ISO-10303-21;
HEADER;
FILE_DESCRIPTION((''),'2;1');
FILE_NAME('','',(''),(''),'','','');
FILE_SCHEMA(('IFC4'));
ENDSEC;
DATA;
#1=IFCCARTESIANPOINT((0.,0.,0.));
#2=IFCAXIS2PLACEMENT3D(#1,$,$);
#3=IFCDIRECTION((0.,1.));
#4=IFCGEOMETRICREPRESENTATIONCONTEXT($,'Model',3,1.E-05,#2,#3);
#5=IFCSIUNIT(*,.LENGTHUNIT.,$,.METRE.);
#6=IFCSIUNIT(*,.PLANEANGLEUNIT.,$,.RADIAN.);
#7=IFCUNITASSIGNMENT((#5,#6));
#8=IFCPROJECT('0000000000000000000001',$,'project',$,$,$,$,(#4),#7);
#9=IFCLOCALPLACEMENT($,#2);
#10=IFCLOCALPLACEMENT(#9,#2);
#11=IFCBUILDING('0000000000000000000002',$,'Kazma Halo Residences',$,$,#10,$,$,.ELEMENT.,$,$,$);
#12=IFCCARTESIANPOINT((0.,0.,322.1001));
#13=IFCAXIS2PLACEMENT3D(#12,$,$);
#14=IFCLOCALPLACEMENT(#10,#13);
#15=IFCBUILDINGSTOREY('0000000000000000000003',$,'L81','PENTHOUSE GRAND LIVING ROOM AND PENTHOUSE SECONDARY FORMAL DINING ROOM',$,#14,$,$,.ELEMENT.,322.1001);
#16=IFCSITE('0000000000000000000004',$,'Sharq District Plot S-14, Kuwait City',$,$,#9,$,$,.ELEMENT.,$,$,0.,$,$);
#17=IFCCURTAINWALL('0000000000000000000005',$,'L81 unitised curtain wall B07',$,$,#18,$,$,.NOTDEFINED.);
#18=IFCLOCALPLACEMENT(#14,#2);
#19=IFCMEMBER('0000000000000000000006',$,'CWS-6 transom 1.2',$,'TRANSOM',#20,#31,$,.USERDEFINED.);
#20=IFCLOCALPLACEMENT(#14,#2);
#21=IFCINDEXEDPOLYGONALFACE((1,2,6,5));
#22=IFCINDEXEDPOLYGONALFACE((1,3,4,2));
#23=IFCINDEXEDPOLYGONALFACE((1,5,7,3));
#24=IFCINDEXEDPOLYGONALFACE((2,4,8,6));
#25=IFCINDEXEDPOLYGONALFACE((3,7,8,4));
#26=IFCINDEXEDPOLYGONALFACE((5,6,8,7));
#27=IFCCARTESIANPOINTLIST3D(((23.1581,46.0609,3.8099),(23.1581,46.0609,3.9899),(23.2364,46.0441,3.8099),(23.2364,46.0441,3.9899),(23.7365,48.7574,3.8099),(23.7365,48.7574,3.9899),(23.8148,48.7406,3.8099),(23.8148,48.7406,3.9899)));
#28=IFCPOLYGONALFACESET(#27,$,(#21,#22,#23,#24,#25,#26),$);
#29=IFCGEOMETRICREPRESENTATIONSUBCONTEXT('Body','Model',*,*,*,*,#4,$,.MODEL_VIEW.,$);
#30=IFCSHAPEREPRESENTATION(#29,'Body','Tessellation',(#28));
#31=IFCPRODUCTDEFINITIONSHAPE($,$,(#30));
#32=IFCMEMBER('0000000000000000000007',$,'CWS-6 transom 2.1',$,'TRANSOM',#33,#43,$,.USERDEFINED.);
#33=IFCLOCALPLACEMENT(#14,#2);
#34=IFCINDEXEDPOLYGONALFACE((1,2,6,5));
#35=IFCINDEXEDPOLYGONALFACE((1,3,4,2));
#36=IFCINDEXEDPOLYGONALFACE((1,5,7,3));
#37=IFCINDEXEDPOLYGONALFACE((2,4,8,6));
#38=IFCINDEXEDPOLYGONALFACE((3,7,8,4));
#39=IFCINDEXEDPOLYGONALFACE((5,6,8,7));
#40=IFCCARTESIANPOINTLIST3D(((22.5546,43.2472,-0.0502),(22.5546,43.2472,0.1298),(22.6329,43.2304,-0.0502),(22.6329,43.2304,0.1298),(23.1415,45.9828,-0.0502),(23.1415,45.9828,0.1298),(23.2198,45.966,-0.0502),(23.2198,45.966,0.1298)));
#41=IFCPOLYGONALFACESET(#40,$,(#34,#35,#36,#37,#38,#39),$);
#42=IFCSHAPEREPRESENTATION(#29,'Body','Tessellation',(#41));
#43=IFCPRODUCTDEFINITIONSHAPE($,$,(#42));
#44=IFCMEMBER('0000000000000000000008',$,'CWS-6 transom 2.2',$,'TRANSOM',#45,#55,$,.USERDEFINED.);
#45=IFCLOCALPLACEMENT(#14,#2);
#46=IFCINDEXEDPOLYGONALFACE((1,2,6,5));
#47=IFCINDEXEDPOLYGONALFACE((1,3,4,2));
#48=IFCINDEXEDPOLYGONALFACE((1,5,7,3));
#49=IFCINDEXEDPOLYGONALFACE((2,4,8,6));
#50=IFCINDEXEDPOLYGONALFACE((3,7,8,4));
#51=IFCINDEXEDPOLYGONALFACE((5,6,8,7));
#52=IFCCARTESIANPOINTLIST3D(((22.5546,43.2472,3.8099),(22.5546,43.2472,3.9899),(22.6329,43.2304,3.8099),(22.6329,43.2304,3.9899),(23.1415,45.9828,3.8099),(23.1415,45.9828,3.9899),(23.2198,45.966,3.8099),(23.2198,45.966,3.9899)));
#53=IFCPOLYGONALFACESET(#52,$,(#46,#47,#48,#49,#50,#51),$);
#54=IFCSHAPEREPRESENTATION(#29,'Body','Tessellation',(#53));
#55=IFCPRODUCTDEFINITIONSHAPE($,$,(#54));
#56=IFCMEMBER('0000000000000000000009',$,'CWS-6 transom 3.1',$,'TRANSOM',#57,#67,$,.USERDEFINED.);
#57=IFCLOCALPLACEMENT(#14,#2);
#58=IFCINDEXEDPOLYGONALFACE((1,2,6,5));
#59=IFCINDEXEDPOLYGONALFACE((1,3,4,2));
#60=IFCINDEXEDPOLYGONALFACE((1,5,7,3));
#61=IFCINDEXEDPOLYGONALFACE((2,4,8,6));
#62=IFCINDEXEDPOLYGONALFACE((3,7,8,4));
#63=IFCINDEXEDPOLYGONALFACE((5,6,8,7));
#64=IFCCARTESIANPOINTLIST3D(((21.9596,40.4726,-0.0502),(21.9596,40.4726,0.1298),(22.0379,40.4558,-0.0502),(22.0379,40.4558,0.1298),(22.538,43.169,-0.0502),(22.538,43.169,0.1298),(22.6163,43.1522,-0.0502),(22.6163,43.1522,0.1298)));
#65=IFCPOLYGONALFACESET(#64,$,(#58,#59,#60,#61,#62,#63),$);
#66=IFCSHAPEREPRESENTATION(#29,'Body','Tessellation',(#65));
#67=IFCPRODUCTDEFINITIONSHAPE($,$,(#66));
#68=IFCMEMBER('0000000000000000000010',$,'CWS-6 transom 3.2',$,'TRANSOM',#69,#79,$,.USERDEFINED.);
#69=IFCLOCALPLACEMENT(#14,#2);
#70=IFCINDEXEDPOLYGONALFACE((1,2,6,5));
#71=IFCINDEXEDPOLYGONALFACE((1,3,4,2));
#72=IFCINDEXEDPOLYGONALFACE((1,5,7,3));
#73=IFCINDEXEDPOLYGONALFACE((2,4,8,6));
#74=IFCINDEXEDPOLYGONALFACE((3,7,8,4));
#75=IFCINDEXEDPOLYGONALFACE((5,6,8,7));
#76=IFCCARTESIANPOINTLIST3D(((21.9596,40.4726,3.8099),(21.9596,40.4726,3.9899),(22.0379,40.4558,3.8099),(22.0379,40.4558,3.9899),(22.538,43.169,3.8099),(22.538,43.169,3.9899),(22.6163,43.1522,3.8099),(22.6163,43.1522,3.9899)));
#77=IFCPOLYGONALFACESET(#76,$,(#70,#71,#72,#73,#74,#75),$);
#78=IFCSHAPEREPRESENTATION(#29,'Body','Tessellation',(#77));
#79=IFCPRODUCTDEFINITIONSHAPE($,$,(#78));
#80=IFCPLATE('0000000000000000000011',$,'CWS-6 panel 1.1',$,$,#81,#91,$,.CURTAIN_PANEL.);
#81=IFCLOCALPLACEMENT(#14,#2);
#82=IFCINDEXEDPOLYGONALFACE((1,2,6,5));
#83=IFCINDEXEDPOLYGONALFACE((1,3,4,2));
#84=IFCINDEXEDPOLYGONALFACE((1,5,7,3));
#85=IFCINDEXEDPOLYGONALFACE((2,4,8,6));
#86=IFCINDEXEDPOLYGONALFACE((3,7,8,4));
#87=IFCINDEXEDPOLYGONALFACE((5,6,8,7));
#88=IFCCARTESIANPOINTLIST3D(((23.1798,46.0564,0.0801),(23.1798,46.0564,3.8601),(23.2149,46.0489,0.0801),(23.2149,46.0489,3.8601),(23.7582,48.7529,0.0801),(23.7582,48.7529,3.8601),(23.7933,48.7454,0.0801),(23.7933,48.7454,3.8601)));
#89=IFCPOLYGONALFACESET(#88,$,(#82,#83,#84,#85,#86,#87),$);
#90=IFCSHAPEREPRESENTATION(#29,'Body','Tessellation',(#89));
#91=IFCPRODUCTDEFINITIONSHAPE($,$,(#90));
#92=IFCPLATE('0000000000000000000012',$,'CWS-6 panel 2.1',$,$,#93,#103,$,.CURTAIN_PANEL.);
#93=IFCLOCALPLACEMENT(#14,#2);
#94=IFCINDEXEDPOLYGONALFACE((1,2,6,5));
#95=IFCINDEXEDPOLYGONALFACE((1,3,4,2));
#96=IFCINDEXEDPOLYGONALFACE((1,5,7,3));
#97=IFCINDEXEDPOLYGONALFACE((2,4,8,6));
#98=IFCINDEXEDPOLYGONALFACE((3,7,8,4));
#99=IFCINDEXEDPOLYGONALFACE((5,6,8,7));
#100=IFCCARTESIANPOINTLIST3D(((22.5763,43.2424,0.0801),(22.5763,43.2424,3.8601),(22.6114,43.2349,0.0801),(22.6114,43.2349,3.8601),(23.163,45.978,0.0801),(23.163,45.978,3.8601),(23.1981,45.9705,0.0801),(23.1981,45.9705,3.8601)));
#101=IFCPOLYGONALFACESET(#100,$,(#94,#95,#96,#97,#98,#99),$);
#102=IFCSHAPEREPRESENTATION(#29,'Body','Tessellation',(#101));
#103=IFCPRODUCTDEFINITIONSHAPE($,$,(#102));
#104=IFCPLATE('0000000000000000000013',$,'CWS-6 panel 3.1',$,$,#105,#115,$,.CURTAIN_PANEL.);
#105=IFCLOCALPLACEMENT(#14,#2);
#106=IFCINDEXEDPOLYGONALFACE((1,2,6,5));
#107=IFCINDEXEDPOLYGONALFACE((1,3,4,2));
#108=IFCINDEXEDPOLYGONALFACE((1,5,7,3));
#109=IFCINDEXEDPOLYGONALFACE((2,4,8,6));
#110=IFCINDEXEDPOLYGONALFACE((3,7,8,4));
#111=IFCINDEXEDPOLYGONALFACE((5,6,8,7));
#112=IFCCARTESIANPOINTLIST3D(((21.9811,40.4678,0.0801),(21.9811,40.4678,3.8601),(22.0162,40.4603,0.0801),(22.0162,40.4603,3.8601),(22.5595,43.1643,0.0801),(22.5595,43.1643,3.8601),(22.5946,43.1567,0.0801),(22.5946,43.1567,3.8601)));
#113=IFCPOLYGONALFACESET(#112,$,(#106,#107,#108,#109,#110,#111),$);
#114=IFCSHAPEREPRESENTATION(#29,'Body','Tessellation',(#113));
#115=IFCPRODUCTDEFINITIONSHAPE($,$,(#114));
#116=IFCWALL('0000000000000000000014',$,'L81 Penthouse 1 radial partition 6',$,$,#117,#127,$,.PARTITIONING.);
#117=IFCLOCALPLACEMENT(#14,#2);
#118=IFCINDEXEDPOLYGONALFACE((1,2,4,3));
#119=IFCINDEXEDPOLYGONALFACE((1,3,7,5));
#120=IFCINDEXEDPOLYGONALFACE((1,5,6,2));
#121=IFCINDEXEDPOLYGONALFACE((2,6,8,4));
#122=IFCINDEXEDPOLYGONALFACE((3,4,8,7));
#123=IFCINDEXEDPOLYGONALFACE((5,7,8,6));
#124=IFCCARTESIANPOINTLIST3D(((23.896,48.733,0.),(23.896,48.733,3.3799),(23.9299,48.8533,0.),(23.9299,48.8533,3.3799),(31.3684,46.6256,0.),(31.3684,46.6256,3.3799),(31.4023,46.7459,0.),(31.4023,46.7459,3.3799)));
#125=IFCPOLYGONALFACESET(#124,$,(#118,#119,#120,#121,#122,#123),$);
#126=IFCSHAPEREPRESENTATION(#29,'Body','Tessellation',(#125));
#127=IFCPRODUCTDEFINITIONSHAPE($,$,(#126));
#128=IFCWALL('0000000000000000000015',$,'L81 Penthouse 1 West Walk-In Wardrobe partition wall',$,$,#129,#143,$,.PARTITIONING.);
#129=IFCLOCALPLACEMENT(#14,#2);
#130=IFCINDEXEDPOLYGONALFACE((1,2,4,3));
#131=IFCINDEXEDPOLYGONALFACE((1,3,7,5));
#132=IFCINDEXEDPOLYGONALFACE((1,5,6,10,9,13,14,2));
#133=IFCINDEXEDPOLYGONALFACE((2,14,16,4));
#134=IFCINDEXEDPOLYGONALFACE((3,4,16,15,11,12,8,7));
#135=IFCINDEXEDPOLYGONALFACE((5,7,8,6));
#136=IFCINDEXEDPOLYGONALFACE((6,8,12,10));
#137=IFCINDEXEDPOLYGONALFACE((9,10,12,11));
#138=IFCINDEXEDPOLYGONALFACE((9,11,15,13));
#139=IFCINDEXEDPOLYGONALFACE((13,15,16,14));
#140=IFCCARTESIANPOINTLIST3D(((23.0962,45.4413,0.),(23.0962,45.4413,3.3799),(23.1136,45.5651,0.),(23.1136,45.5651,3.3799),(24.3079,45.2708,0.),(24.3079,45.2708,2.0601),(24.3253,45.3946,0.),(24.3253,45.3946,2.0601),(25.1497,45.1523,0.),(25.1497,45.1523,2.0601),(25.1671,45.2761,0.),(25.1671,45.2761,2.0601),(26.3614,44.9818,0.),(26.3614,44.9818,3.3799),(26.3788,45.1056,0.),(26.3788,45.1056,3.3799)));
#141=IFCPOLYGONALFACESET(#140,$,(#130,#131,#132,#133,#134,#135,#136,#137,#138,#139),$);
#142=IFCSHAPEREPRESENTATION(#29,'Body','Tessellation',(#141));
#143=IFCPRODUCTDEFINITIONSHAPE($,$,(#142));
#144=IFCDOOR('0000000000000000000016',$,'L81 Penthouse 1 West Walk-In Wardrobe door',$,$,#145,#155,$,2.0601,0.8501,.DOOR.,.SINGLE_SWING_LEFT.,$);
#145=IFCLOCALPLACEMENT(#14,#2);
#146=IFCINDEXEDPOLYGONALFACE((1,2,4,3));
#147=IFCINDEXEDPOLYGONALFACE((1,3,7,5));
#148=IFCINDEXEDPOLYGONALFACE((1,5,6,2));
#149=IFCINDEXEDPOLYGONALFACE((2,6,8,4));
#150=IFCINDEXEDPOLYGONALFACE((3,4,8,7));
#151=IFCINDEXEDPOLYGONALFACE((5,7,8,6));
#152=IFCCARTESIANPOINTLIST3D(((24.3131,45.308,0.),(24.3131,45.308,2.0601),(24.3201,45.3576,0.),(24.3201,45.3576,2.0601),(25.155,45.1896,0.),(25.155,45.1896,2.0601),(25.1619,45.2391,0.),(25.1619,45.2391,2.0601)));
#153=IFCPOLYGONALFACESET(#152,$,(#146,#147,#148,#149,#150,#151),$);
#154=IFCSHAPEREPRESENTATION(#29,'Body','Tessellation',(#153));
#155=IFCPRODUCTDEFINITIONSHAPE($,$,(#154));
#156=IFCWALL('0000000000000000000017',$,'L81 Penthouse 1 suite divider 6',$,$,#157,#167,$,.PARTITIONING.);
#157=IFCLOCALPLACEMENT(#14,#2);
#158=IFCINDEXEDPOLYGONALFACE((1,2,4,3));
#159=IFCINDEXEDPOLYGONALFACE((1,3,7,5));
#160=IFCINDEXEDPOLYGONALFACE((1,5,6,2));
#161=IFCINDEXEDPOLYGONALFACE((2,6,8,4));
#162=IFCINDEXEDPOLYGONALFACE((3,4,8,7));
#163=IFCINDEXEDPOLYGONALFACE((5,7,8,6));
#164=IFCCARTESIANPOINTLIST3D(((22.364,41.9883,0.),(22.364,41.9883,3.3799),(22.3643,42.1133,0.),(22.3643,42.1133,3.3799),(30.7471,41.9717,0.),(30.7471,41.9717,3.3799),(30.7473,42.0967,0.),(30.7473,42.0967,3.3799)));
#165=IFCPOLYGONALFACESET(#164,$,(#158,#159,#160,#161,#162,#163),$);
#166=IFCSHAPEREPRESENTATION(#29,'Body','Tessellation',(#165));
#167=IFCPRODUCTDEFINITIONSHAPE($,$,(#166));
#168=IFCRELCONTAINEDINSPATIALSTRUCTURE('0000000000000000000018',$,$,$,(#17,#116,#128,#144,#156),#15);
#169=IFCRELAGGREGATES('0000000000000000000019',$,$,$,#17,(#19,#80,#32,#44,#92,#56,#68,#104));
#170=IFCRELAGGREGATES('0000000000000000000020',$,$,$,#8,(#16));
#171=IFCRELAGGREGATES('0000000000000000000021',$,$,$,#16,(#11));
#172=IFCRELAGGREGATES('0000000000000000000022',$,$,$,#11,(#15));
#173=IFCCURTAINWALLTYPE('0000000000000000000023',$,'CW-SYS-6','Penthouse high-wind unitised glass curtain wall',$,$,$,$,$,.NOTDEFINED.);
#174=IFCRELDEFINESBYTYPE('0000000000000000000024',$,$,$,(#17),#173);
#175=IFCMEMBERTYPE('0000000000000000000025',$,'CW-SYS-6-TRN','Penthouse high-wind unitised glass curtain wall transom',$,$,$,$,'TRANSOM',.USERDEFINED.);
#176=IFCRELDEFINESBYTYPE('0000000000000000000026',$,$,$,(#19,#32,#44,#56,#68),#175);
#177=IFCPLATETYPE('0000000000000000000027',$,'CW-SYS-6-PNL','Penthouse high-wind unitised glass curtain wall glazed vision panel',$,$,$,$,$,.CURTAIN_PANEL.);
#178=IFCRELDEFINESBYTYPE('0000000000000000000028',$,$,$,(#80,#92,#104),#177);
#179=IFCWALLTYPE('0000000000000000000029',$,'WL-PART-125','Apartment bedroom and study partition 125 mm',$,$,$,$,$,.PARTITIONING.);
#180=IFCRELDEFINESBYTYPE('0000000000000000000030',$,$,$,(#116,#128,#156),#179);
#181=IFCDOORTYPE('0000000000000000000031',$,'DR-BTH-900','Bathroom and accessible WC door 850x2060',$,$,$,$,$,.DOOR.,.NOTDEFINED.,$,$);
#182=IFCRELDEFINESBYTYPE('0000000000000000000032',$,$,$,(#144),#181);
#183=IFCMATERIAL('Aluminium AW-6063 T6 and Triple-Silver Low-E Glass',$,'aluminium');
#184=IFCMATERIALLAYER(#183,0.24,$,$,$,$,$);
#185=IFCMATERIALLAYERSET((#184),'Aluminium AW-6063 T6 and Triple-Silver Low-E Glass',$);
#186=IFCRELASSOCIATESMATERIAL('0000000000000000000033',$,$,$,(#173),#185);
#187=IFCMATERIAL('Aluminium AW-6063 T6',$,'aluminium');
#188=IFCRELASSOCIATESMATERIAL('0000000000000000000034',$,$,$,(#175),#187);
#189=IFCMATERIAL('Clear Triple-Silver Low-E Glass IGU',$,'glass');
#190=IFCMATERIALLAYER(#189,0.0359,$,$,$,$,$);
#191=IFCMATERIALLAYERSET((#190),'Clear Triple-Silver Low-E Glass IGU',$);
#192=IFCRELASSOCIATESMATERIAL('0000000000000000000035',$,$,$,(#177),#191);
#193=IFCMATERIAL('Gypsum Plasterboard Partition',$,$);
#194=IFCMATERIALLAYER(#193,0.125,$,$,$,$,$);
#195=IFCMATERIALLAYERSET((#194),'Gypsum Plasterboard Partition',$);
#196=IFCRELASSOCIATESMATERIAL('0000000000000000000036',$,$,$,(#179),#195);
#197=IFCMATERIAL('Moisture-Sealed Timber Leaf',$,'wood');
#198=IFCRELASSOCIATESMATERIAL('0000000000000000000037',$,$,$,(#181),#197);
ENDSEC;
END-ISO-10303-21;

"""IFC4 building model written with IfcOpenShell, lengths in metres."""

from ifc_helpers import new_model, si_unit, direction, frame, frame_2d, origin, origin_2d, place, context, subcontext, project, spatial, rectangle, extrude, material, layer, layer_set, material_profile, profile_set, type_object, element, fill, aggregate, save


model = new_model("IFC4")

# Units and contexts
model_context = context("Model", 3, precision=1e-05, world=origin(), true_north=direction((0.0, 1.0)))
body_context = subcontext(model_context, "Body", "Model", "MODEL_VIEW")
ifc_project = project(units=[si_unit("LENGTHUNIT", "METRE"), si_unit("PLANEANGLEUNIT", "RADIAN")], contexts=[model_context])

# Site, building, storey
site_placement = place(None, origin())
site = spatial("IfcSite", under=ifc_project, at=site_placement, Name="Sharq District Plot S-14, Kuwait City", CompositionType="ELEMENT", RefElevation=0.0)
building_placement = place(site_placement, origin())
building = spatial("IfcBuilding", under=site, at=building_placement, Name="Kazma Halo Residences", CompositionType="ELEMENT")
storey_placement = place(building_placement, frame((0.0, 0.0, 322.1001)))
storey = spatial("IfcBuildingStorey", under=building, at=storey_placement, Name="L81", Description="PENTHOUSE GRAND LIVING ROOM AND PENTHOUSE SECONDARY FORMAL DINING ROOM", CompositionType="ELEMENT", Elevation=322.1001)

# Curtain wall, members, plates
ifc_material_1 = material(Name="Aluminium AW-6063 T6 and Triple-Silver Low-E Glass", Category="aluminium")
ifc_layer_1 = layer(ifc_material_1, 0.24)
ifc_layer_set_1 = layer_set([ifc_layer_1], Name="Aluminium AW-6063 T6 and Triple-Silver Low-E Glass")
curtain_wall_type = type_object("IfcCurtainWallType", Name="CW-SYS-6", Description="Penthouse high-wind unitised glass curtain wall", PredefinedType="NOTDEFINED", material=ifc_layer_set_1)
curtain_wall_placement = place(storey_placement, origin())
curtain_wall = element("IfcCurtainWall", 1, at=curtain_wall_placement, inside=storey, type_object=curtain_wall_type, Name="L81 unitised curtain wall B07", PredefinedType="NOTDEFINED")
ifc_material_2 = material(Name="Aluminium AW-6063 T6", Category="aluminium")
ifc_material_profile_1 = material_profile(ifc_material_2, rectangle(XDim=0.0801, YDim=0.1799, at=origin_2d()), Name="CWT-80x180")
ifc_profile_set_1 = profile_set([ifc_material_profile_1], Name="Aluminium AW-6063 T6")
member_type_1 = type_object("IfcMemberType", Name="CW-SYS-6-TRN", Description="Penthouse high-wind unitised glass curtain wall transom", ElementType="TRANSOM", PredefinedType="USERDEFINED", material=ifc_profile_set_1)
member_1_placement = place(storey_placement, frame((23.7756, 48.749, 3.8999), z_axis=(-0.209716, -0.977762, 0.0), x_axis=(0.977762, -0.209716, 0.0)))
member_1 = element("IfcMember", 2, at=member_1_placement, type_object=member_type_1, Name="CWS-6 transom 1.2", ObjectType="TRANSOM", PredefinedType="USERDEFINED", context=body_context, shape_type="SweptSolid", body=[
    extrude(rectangle(XDim=0.0801, YDim=0.1799, at=origin_2d()), origin(), (0.0, 0.0, 1.0), 2.7578),
])
member_2_placement = place(storey_placement, frame((23.1807, 45.9744, 0.0398), z_axis=(-0.209773, -0.97775, 0.0), x_axis=(0.97775, -0.209773, 0.0)))
member_2 = element("IfcMember", 3, at=member_2_placement, type_object=member_type_1, Name="CWS-6 transom 2.1", ObjectType="TRANSOM", PredefinedType="USERDEFINED", context=body_context, shape_type="SweptSolid", body=[
    extrude(rectangle(XDim=0.0801, YDim=0.1799, at=origin_2d()), origin(), (0.0, 0.0, 1.0), 2.7979),
])
member_3_placement = place(storey_placement, frame((23.1807, 45.9744, 3.8999), z_axis=(-0.209773, -0.97775, 0.0), x_axis=(0.97775, -0.209773, 0.0)))
member_3 = element("IfcMember", 4, at=member_3_placement, type_object=member_type_1, Name="CWS-6 transom 2.2", ObjectType="TRANSOM", PredefinedType="USERDEFINED", context=body_context, shape_type="SweptSolid", body=[
    extrude(rectangle(XDim=0.0801, YDim=0.1799, at=origin_2d()), origin(), (0.0, 0.0, 1.0), 2.7979),
])
member_4_placement = place(storey_placement, frame((22.5771, 43.1606, 0.0398), z_axis=(-0.209716, -0.977762, 0.0), x_axis=(0.977762, -0.209716, 0.0)))
member_4 = element("IfcMember", 5, at=member_4_placement, type_object=member_type_1, Name="CWS-6 transom 3.1", ObjectType="TRANSOM", PredefinedType="USERDEFINED", context=body_context, shape_type="SweptSolid", body=[
    extrude(rectangle(XDim=0.0801, YDim=0.1799, at=origin_2d()), origin(), (0.0, 0.0, 1.0), 2.7578),
])
member_5_placement = place(storey_placement, frame((22.5771, 43.1606, 3.8999), z_axis=(-0.209716, -0.977762, 0.0), x_axis=(0.977762, -0.209716, 0.0)))
member_5 = element("IfcMember", 6, at=member_5_placement, type_object=member_type_1, Name="CWS-6 transom 3.2", ObjectType="TRANSOM", PredefinedType="USERDEFINED", context=body_context, shape_type="SweptSolid", body=[
    extrude(rectangle(XDim=0.0801, YDim=0.1799, at=origin_2d()), origin(), (0.0, 0.0, 1.0), 2.7578),
])
ifc_material_3 = material(Name="Clear Triple-Silver Low-E Glass IGU", Category="glass")
ifc_layer_2 = layer(ifc_material_3, 0.0359)
ifc_layer_set_2 = layer_set([ifc_layer_2], Name="Clear Triple-Silver Low-E Glass IGU")
plate_type = type_object("IfcPlateType", Name="CW-SYS-6-PNL", Description="Penthouse high-wind unitised glass curtain wall glazed vision panel", PredefinedType="CURTAIN_PANEL", material=ifc_layer_set_2)
plate_1_placement = place(storey_placement, frame((23.4866, 47.4009, 0.0801), z_axis=(0.0, 0.0, 1.0), x_axis=(-0.209723, -0.977761, 0.0)))
plate_1 = element("IfcPlate", 7, at=plate_1_placement, type_object=plate_type, Name="CWS-6 panel 1.1", PredefinedType="CURTAIN_PANEL", context=body_context, shape_type="SweptSolid", body=[
    extrude(rectangle(XDim=2.7578, YDim=0.0359, at=origin_2d()), origin(), (0.0, 0.0, 1.0), 3.78),
])
plate_2_placement = place(storey_placement, frame((22.8872, 44.6064, 0.0801), z_axis=(0.0, 0.0, 1.0), x_axis=(-0.209723, -0.977761, 0.0)))
plate_2 = element("IfcPlate", 8, at=plate_2_placement, type_object=plate_type, Name="CWS-6 panel 2.1", PredefinedType="CURTAIN_PANEL", context=body_context, shape_type="SweptSolid", body=[
    extrude(rectangle(XDim=2.7979, YDim=0.0359, at=origin_2d()), origin(), (0.0, 0.0, 1.0), 3.78),
])
plate_3_placement = place(storey_placement, frame((22.2878, 41.8123, 0.0801), z_axis=(0.0, 0.0, 1.0), x_axis=(-0.209723, -0.977761, 0.0)))
plate_3 = element("IfcPlate", 9, at=plate_3_placement, type_object=plate_type, Name="CWS-6 panel 3.1", PredefinedType="CURTAIN_PANEL", context=body_context, shape_type="SweptSolid", body=[
    extrude(rectangle(XDim=2.7578, YDim=0.0359, at=origin_2d()), origin(), (0.0, 0.0, 1.0), 3.78),
])
aggregate(curtain_wall, [member_1, plate_1, member_2, member_3, plate_2, member_4, member_5, plate_3])

# Wall
ifc_material_4 = material(Name="Gypsum Plasterboard Partition")
ifc_layer_3 = layer(ifc_material_4, 0.125)
ifc_layer_set_3 = layer_set([ifc_layer_3], Name="Gypsum Plasterboard Partition")
wall_type_1 = type_object("IfcWallType", Name="WL-PART-125", Description="Apartment bedroom and study partition 125 mm", PredefinedType="PARTITIONING", material=ifc_layer_set_3)
wall_1_placement = place(storey_placement, frame((31.3853, 46.6858, 0.0), z_axis=(0.0, 0.0, 1.0), x_axis=(-0.962456, 0.271439, 0.0)))
element("IfcWall", 10, at=wall_1_placement, inside=storey, type_object=wall_type_1, Name="L81 Penthouse 1 radial partition 6", PredefinedType="PARTITIONING", context=body_context, shape_type="SweptSolid", body=[
    extrude(rectangle(XDim=7.7639, YDim=0.125, at=frame_2d((3.8818, 0.0))), origin(), (0.0, 0.0, 1.0), 3.3799),
])

# Wall, opening, door
wall_2_placement = place(storey_placement, frame((26.3701, 45.0437, 0.0), z_axis=(0.0, 0.0, 1.0), x_axis=(-0.990243, 0.139348, 0.0)))
wall_2 = element("IfcWall", 11, at=wall_2_placement, inside=storey, type_object=wall_type_1, Name="L81 Penthouse 1 West Walk-In Wardrobe partition wall", PredefinedType="PARTITIONING", context=body_context, shape_type="SweptSolid", body=[
    extrude(rectangle(XDim=3.2974, YDim=0.125, at=frame_2d((1.6487, 0.0))), origin(), (0.0, 0.0, 1.0), 3.3799),
])
opening_1_placement = place(wall_2_placement, frame((1.2236, 0.0, 0.0)))
opening_1 = element("IfcOpeningElement", 12, at=opening_1_placement, cuts=wall_2, PredefinedType="OPENING", context=body_context, shape_type="SweptSolid", body=[
    extrude(rectangle(XDim=0.8501, YDim=2.0601, at=frame_2d((0.425, 1.03))), frame((0.0, 0.0725, 0.0), z_axis=(0.0, -1.0, 0.0), x_axis=(1.0, 0.0, 0.0)), (0.0, 0.0, 1.0), 0.145),
])
ifc_material_5 = material(Name="Moisture-Sealed Timber Leaf", Category="wood")
door_type = type_object("IfcDoorType", Name="DR-BTH-900", Description="Bathroom and accessible WC door 850x2060", OperationType="NOTDEFINED", PredefinedType="DOOR", material=ifc_material_5)
door_1_placement = place(opening_1_placement, origin())
door_1 = element("IfcDoor", 13, at=door_1_placement, inside=storey, type_object=door_type, Name="L81 Penthouse 1 West Walk-In Wardrobe door", OperationType="SINGLE_SWING_LEFT", OverallHeight=2.0601, OverallWidth=0.8501, PredefinedType="DOOR", context=body_context, shape_type="SweptSolid", body=[
    extrude(rectangle(XDim=0.8501, YDim=2.0601, at=frame_2d((0.425, 1.03))), frame((0.0, 0.0249, 0.0), z_axis=(0.0, -1.0, 0.0), x_axis=(1.0, 0.0, 0.0)), (0.0, 0.0, 1.0), 0.05),
])
fill(opening_1, door_1)

# Wall
wall_3_placement = place(storey_placement, frame((30.7471, 42.0342, 0.0), z_axis=(0.0, 0.0, 1.0), x_axis=(-0.999998, 0.00198, 0.0)))
element("IfcWall", 14, at=wall_3_placement, inside=storey, type_object=wall_type_1, Name="L81 Penthouse 1 suite divider 6", PredefinedType="PARTITIONING", context=body_context, shape_type="SweptSolid", body=[
    extrude(rectangle(XDim=8.3831, YDim=0.125, at=frame_2d((4.1914, 0.0))), origin(), (0.0, 0.0, 1.0), 3.3799),
])

save(model, "model.ifc")
